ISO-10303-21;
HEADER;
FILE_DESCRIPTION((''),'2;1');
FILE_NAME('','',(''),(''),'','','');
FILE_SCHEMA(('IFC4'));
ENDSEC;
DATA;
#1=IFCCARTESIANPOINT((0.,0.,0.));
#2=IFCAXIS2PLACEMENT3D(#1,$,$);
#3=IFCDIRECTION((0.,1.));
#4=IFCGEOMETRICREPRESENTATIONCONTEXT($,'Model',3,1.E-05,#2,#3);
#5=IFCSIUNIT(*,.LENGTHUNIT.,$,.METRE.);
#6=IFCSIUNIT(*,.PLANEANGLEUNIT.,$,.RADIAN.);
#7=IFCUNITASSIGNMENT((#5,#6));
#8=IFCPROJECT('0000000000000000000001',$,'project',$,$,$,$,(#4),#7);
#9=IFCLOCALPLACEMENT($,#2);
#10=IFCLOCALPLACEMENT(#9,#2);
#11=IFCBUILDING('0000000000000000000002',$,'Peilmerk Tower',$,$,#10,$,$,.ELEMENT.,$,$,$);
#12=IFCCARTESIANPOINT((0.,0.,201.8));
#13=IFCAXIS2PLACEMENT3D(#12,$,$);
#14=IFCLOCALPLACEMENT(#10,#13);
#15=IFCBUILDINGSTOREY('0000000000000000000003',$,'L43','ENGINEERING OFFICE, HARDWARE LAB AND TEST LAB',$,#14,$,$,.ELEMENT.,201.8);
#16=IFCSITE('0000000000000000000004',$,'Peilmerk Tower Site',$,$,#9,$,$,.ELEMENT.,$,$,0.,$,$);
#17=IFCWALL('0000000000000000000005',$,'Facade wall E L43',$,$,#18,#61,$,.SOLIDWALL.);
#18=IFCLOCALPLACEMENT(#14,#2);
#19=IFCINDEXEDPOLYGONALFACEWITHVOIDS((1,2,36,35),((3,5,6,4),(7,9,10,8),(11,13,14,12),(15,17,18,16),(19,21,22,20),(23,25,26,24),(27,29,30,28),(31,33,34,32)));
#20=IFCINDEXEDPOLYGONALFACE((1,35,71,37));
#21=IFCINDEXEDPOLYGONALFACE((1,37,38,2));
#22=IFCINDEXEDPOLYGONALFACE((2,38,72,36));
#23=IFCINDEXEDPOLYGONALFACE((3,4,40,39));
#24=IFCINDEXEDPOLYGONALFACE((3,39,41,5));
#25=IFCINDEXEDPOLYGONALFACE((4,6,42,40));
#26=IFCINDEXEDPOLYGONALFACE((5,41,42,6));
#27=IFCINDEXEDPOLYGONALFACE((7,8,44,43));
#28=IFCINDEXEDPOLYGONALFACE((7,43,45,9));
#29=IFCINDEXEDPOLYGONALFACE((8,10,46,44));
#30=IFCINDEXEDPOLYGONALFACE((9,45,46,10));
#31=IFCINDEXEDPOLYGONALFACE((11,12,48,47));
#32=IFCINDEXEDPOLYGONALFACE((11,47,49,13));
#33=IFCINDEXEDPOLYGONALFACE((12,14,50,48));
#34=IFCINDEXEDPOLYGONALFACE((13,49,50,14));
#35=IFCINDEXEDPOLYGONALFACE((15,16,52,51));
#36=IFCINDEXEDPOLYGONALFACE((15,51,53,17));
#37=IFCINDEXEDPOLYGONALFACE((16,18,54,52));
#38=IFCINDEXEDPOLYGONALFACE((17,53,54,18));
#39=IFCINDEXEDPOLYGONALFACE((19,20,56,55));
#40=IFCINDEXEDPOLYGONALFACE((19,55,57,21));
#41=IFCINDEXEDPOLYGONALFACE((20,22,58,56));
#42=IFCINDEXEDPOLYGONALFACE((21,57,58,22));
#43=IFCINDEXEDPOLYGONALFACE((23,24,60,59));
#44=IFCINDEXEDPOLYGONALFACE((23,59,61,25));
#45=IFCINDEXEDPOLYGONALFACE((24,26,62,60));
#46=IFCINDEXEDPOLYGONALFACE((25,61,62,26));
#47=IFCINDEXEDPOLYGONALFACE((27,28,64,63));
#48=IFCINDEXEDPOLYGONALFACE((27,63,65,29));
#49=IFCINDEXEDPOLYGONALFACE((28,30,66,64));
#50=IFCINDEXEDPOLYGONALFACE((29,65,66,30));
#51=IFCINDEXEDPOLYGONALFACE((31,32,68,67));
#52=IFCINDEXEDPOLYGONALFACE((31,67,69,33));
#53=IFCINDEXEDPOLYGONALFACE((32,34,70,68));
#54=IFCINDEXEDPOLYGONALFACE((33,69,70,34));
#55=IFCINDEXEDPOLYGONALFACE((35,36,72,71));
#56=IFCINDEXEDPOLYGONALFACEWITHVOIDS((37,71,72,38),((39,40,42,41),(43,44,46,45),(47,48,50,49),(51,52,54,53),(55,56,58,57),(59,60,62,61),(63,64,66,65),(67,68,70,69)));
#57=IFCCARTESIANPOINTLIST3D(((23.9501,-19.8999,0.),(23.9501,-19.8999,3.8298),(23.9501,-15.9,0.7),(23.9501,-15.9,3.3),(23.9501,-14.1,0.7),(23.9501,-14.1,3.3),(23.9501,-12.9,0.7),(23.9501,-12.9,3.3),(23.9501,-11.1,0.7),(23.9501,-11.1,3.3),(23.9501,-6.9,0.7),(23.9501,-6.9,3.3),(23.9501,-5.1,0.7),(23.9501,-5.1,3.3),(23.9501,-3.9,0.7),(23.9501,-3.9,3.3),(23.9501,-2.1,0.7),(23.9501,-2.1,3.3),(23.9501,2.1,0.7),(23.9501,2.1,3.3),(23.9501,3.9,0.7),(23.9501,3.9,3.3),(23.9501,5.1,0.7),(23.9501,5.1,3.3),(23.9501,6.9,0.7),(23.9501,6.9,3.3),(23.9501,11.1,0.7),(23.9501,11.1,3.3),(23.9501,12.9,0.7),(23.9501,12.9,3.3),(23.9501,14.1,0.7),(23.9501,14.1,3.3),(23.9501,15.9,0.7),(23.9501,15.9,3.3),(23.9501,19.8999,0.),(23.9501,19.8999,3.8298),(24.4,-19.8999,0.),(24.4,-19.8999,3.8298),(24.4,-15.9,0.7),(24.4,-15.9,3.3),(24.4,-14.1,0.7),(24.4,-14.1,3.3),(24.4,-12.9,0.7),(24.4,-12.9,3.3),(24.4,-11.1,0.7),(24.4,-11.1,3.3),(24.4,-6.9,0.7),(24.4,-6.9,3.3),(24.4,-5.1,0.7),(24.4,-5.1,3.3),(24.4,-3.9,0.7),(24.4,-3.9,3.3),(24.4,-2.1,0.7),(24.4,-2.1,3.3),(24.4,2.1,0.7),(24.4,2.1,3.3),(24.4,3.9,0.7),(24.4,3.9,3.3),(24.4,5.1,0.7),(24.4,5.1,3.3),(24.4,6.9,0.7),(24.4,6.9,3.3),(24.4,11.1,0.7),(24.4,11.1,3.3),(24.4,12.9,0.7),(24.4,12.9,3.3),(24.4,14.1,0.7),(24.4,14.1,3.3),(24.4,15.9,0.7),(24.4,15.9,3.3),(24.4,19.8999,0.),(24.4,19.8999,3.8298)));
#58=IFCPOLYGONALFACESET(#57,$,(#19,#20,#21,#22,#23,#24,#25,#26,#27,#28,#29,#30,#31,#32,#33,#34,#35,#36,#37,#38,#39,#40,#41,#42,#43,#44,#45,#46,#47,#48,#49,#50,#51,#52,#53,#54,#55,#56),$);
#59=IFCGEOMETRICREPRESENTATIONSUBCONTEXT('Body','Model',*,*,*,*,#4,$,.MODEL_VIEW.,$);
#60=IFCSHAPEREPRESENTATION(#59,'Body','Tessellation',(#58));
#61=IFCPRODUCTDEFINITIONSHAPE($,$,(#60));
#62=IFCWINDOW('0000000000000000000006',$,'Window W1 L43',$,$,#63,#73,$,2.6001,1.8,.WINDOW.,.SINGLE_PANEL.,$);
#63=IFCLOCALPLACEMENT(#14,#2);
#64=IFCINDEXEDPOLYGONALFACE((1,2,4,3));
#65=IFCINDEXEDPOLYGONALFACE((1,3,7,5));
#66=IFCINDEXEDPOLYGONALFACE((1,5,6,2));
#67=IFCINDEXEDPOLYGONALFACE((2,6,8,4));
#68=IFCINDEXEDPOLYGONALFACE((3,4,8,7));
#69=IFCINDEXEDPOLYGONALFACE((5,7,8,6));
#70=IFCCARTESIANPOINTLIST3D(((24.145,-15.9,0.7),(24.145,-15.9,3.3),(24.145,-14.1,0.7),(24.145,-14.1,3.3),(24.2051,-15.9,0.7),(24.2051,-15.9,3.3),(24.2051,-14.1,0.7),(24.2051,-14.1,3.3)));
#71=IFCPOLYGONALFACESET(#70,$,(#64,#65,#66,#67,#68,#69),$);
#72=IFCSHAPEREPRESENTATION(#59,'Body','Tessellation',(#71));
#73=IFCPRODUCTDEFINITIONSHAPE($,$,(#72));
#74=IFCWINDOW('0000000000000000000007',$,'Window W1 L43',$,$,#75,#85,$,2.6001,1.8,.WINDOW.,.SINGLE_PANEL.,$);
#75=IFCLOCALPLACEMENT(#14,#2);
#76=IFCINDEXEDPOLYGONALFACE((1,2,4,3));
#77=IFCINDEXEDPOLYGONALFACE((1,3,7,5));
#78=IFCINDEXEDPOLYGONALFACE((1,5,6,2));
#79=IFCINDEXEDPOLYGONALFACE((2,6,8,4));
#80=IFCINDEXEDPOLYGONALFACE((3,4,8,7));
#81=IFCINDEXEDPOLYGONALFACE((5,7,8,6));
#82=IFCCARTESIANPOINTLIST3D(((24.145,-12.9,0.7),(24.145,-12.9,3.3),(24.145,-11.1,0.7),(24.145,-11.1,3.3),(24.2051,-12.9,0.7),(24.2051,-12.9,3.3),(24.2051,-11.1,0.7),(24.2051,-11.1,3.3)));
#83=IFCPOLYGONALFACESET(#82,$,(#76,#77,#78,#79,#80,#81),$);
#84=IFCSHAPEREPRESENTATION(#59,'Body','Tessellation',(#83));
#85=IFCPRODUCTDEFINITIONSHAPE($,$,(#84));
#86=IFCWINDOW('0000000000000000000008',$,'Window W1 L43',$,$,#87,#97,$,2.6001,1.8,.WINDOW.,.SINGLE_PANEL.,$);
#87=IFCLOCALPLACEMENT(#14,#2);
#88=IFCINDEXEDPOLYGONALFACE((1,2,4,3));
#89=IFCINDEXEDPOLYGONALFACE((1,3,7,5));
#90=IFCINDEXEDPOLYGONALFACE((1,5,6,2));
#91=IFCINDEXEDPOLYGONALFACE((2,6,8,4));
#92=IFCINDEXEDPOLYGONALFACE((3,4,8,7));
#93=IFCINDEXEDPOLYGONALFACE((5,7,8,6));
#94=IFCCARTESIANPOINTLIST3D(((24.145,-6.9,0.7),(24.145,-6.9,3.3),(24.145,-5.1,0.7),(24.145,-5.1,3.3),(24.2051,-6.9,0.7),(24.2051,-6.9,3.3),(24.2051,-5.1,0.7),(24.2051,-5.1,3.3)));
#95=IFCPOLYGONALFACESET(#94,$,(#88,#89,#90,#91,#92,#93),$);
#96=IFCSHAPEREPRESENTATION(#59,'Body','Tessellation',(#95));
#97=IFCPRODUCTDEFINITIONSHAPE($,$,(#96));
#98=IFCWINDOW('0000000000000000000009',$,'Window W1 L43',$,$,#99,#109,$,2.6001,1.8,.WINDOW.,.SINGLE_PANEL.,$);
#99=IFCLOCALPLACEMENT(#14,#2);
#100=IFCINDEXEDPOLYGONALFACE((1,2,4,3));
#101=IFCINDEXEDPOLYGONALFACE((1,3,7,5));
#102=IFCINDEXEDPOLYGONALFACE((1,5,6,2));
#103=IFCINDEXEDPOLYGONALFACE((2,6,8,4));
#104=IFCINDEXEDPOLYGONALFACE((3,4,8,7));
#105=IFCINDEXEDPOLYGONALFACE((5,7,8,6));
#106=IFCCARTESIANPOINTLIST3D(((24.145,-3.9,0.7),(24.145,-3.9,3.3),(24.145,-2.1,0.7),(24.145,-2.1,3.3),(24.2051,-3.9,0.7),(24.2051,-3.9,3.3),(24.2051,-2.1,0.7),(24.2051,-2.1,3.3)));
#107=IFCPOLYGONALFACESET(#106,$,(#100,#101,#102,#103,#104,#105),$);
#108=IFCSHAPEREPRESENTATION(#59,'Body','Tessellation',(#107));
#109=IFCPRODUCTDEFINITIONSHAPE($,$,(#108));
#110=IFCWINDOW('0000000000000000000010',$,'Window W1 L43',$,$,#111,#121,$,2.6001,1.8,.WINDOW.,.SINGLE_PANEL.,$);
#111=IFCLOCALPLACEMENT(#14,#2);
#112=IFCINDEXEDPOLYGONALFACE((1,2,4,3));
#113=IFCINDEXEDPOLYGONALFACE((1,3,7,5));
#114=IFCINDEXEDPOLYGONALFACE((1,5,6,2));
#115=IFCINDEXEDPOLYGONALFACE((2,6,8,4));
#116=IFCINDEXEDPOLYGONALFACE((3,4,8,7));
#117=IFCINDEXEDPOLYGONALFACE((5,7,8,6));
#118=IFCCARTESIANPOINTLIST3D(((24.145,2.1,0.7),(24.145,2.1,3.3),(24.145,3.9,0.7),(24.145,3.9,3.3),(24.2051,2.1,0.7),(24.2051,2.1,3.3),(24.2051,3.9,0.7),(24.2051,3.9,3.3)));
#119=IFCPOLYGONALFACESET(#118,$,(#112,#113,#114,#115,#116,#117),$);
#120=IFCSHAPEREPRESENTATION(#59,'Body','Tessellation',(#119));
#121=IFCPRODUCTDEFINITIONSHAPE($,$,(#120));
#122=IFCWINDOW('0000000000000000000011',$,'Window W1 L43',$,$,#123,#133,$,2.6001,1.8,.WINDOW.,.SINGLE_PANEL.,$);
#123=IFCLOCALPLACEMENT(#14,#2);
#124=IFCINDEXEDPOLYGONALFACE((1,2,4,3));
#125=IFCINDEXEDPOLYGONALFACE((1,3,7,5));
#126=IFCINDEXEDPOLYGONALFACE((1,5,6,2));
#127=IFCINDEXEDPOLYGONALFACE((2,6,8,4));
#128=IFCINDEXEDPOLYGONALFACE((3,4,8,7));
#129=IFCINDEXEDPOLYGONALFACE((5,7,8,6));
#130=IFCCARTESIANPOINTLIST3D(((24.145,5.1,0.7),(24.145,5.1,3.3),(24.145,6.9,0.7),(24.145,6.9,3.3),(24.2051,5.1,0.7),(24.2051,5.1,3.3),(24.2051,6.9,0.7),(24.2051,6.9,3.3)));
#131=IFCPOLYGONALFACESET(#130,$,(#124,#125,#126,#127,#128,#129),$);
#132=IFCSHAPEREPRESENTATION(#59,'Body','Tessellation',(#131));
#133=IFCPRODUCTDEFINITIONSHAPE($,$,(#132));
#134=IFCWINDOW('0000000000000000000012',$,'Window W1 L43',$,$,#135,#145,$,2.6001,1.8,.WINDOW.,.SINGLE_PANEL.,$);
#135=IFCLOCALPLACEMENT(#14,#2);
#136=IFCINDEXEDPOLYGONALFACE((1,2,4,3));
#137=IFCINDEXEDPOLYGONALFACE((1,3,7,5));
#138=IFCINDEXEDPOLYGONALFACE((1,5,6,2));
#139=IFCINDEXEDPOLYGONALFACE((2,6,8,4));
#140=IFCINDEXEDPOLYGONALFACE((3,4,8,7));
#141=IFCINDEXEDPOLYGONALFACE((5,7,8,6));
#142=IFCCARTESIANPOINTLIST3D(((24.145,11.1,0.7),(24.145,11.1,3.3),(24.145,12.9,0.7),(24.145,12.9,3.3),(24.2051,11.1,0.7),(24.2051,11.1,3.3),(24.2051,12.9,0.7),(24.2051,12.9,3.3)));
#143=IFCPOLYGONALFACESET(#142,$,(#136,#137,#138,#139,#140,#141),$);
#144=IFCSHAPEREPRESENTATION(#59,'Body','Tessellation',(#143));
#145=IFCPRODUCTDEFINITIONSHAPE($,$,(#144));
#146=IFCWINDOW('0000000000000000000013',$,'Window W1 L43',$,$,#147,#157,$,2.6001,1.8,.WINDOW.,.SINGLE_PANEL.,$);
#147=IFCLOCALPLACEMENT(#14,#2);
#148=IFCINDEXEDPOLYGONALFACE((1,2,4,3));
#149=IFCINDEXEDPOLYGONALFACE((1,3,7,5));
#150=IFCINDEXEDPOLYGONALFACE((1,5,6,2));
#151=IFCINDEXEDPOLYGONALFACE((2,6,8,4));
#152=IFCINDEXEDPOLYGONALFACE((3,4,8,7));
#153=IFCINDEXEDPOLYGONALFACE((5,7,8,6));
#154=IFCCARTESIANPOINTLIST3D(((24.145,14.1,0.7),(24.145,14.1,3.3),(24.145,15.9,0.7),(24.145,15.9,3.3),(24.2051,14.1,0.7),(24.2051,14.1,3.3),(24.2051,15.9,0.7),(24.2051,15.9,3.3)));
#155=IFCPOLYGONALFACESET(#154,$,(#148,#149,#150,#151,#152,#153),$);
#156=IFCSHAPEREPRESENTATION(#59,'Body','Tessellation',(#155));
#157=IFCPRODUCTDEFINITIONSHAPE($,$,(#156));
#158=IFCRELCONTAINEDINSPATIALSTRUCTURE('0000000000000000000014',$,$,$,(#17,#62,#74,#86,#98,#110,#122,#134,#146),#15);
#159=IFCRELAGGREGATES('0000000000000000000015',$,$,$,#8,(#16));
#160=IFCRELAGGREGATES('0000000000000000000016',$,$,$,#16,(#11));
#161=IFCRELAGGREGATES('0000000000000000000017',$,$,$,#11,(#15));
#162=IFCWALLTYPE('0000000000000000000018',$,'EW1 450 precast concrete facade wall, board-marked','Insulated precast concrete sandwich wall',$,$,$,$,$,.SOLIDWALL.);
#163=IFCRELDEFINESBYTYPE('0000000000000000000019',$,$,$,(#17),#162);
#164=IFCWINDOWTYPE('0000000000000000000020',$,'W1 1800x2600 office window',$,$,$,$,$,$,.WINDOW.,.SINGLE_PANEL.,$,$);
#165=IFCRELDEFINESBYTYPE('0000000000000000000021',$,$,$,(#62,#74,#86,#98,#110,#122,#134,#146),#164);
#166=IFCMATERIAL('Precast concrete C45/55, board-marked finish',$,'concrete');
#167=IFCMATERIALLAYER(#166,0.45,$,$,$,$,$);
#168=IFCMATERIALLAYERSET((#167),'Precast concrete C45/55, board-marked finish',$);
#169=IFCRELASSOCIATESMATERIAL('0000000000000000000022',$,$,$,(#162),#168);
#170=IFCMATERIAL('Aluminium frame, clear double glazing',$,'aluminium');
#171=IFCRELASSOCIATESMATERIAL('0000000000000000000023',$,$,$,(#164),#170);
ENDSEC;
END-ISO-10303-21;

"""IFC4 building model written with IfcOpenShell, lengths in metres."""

from ifc_helpers import new_model, si_unit, direction, frame, frame_2d, origin, place, context, subcontext, project, spatial, rectangle, extrude, material, layer, layer_set, type_object, element, fill, save


model = new_model("IFC4")

# Units and contexts
model_context = context("Model", 3, precision=1e-05, world=origin(), true_north=direction((0.0, 1.0)))
body_context = subcontext(model_context, "Body", "Model", "MODEL_VIEW")
ifc_project = project(units=[si_unit("LENGTHUNIT", "METRE"), si_unit("PLANEANGLEUNIT", "RADIAN")], contexts=[model_context])

# Site, building, storey
site_placement = place(None, origin())
site = spatial("IfcSite", under=ifc_project, at=site_placement, Name="Peilmerk Tower Site", CompositionType="ELEMENT", RefElevation=0.0)
building_placement = place(site_placement, origin())
building = spatial("IfcBuilding", under=site, at=building_placement, Name="Peilmerk Tower", CompositionType="ELEMENT")
storey_placement = place(building_placement, frame((0.0, 0.0, 201.8)))
storey = spatial("IfcBuildingStorey", under=building, at=storey_placement, Name="L43", Description="ENGINEERING OFFICE, HARDWARE LAB AND TEST LAB", CompositionType="ELEMENT", Elevation=201.8)

# Wall, openings, windows
ifc_material_1 = material(Name="Precast concrete C45/55, board-marked finish", Category="concrete")
ifc_layer_1 = layer(ifc_material_1, 0.45)
ifc_layer_set_1 = layer_set([ifc_layer_1], Name="Precast concrete C45/55, board-marked finish")
wall_type = type_object("IfcWallType", Name="EW1 450 precast concrete facade wall, board-marked", Description="Insulated precast concrete sandwich wall", PredefinedType="SOLIDWALL", material=ifc_layer_set_1)
wall_1_placement = place(storey_placement, frame((24.175, -19.8999, 0.0), z_axis=(0.0, 0.0, 1.0), x_axis=(0.0, 1.0, 0.0)))
wall_1 = element("IfcWall", 1, at=wall_1_placement, inside=storey, type_object=wall_type, Name="Facade wall E L43", PredefinedType="SOLIDWALL", context=body_context, shape_type="SweptSolid", body=[
    extrude(rectangle(XDim=39.7998, YDim=0.45, at=frame_2d((19.8999, 0.0))), origin(), (0.0, 0.0, 1.0), 3.8298),
])
opening_1_placement = place(wall_1_placement, frame((4.0, 0.0, 0.7)))
opening_1 = element("IfcOpeningElement", 2, at=opening_1_placement, cuts=wall_1, PredefinedType="OPENING", context=body_context, shape_type="SweptSolid", body=[
    extrude(rectangle(XDim=1.8, YDim=2.6001, at=frame_2d((0.8999, 1.3))), frame((0.0, 0.2349, 0.0), z_axis=(0.0, -1.0, 0.0), x_axis=(1.0, 0.0, 0.0)), (0.0, 0.0, 1.0), 0.47),
])
opening_2_placement = place(wall_1_placement, frame((7.0, 0.0, 0.7)))
opening_2 = element("IfcOpeningElement", 3, at=opening_2_placement, cuts=wall_1, PredefinedType="OPENING", context=body_context, shape_type="SweptSolid", body=[
    extrude(rectangle(XDim=1.8, YDim=2.6001, at=frame_2d((0.8999, 1.3))), frame((0.0, 0.2349, 0.0), z_axis=(0.0, -1.0, 0.0), x_axis=(1.0, 0.0, 0.0)), (0.0, 0.0, 1.0), 0.47),
])
opening_3_placement = place(wall_1_placement, frame((13.0, 0.0, 0.7)))
opening_3 = element("IfcOpeningElement", 4, at=opening_3_placement, cuts=wall_1, PredefinedType="OPENING", context=body_context, shape_type="SweptSolid", body=[
    extrude(rectangle(XDim=1.8, YDim=2.6001, at=frame_2d((0.8999, 1.3))), frame((0.0, 0.2349, 0.0), z_axis=(0.0, -1.0, 0.0), x_axis=(1.0, 0.0, 0.0)), (0.0, 0.0, 1.0), 0.47),
])
opening_4_placement = place(wall_1_placement, frame((16.0, 0.0, 0.7)))
opening_4 = element("IfcOpeningElement", 5, at=opening_4_placement, cuts=wall_1, PredefinedType="OPENING", context=body_context, shape_type="SweptSolid", body=[
    extrude(rectangle(XDim=1.8, YDim=2.6001, at=frame_2d((0.8999, 1.3))), frame((0.0, 0.2349, 0.0), z_axis=(0.0, -1.0, 0.0), x_axis=(1.0, 0.0, 0.0)), (0.0, 0.0, 1.0), 0.47),
])
opening_5_placement = place(wall_1_placement, frame((22.0, 0.0, 0.7)))
opening_5 = element("IfcOpeningElement", 6, at=opening_5_placement, cuts=wall_1, PredefinedType="OPENING", context=body_context, shape_type="SweptSolid", body=[
    extrude(rectangle(XDim=1.8, YDim=2.6001, at=frame_2d((0.8999, 1.3))), frame((0.0, 0.2349, 0.0), z_axis=(0.0, -1.0, 0.0), x_axis=(1.0, 0.0, 0.0)), (0.0, 0.0, 1.0), 0.47),
])
opening_6_placement = place(wall_1_placement, frame((25.0, 0.0, 0.7)))
opening_6 = element("IfcOpeningElement", 7, at=opening_6_placement, cuts=wall_1, PredefinedType="OPENING", context=body_context, shape_type="SweptSolid", body=[
    extrude(rectangle(XDim=1.8, YDim=2.6001, at=frame_2d((0.8999, 1.3))), frame((0.0, 0.2349, 0.0), z_axis=(0.0, -1.0, 0.0), x_axis=(1.0, 0.0, 0.0)), (0.0, 0.0, 1.0), 0.47),
])
opening_7_placement = place(wall_1_placement, frame((31.0, 0.0, 0.7)))
opening_7 = element("IfcOpeningElement", 8, at=opening_7_placement, cuts=wall_1, PredefinedType="OPENING", context=body_context, shape_type="SweptSolid", body=[
    extrude(rectangle(XDim=1.8, YDim=2.6001, at=frame_2d((0.8999, 1.3))), frame((0.0, 0.2349, 0.0), z_axis=(0.0, -1.0, 0.0), x_axis=(1.0, 0.0, 0.0)), (0.0, 0.0, 1.0), 0.47),
])
opening_8_placement = place(wall_1_placement, frame((34.0, 0.0, 0.7)))
opening_8 = element("IfcOpeningElement", 9, at=opening_8_placement, cuts=wall_1, PredefinedType="OPENING", context=body_context, shape_type="SweptSolid", body=[
    extrude(rectangle(XDim=1.8, YDim=2.6001, at=frame_2d((0.8999, 1.3))), frame((0.0, 0.2349, 0.0), z_axis=(0.0, -1.0, 0.0), x_axis=(1.0, 0.0, 0.0)), (0.0, 0.0, 1.0), 0.47),
])
ifc_material_2 = material(Name="Aluminium frame, clear double glazing", Category="aluminium")
window_type = type_object("IfcWindowType", Name="W1 1800x2600 office window", PartitioningType="SINGLE_PANEL", PredefinedType="WINDOW", material=ifc_material_2)
window_1_placement = place(opening_1_placement, origin())
window_1 = element("IfcWindow", 10, at=window_1_placement, inside=storey, type_object=window_type, Name="Window W1 L43", OverallHeight=2.6001, OverallWidth=1.8, PartitioningType="SINGLE_PANEL", PredefinedType="WINDOW", context=body_context, shape_type="SweptSolid", body=[
    extrude(rectangle(XDim=1.8, YDim=2.6001, at=frame_2d((0.8999, 1.3))), frame((0.0, 0.03, 0.0), z_axis=(0.0, -1.0, 0.0), x_axis=(1.0, 0.0, 0.0)), (0.0, 0.0, 1.0), 0.0601),
])
fill(opening_1, window_1)
window_2_placement = place(opening_2_placement, origin())
window_2 = element("IfcWindow", 11, at=window_2_placement, inside=storey, type_object=window_type, Name="Window W1 L43", OverallHeight=2.6001, OverallWidth=1.8, PartitioningType="SINGLE_PANEL", PredefinedType="WINDOW", context=body_context, shape_type="SweptSolid", body=[
    extrude(rectangle(XDim=1.8, YDim=2.6001, at=frame_2d((0.8999, 1.3))), frame((0.0, 0.03, 0.0), z_axis=(0.0, -1.0, 0.0), x_axis=(1.0, 0.0, 0.0)), (0.0, 0.0, 1.0), 0.0601),
])
fill(opening_2, window_2)
window_3_placement = place(opening_3_placement, origin())
window_3 = element("IfcWindow", 12, at=window_3_placement, inside=storey, type_object=window_type, Name="Window W1 L43", OverallHeight=2.6001, OverallWidth=1.8, PartitioningType="SINGLE_PANEL", PredefinedType="WINDOW", context=body_context, shape_type="SweptSolid", body=[
    extrude(rectangle(XDim=1.8, YDim=2.6001, at=frame_2d((0.8999, 1.3))), frame((0.0, 0.03, 0.0), z_axis=(0.0, -1.0, 0.0), x_axis=(1.0, 0.0, 0.0)), (0.0, 0.0, 1.0), 0.0601),
])
fill(opening_3, window_3)
window_4_placement = place(opening_4_placement, origin())
window_4 = element("IfcWindow", 13, at=window_4_placement, inside=storey, type_object=window_type, Name="Window W1 L43", OverallHeight=2.6001, OverallWidth=1.8, PartitioningType="SINGLE_PANEL", PredefinedType="WINDOW", context=body_context, shape_type="SweptSolid", body=[
    extrude(rectangle(XDim=1.8, YDim=2.6001, at=frame_2d((0.8999, 1.3))), frame((0.0, 0.03, 0.0), z_axis=(0.0, -1.0, 0.0), x_axis=(1.0, 0.0, 0.0)), (0.0, 0.0, 1.0), 0.0601),
])
fill(opening_4, window_4)
window_5_placement = place(opening_5_placement, origin())
window_5 = element("IfcWindow", 14, at=window_5_placement, inside=storey, type_object=window_type, Name="Window W1 L43", OverallHeight=2.6001, OverallWidth=1.8, PartitioningType="SINGLE_PANEL", PredefinedType="WINDOW", context=body_context, shape_type="SweptSolid", body=[
    extrude(rectangle(XDim=1.8, YDim=2.6001, at=frame_2d((0.8999, 1.3))), frame((0.0, 0.03, 0.0), z_axis=(0.0, -1.0, 0.0), x_axis=(1.0, 0.0, 0.0)), (0.0, 0.0, 1.0), 0.0601),
])
fill(opening_5, window_5)
window_6_placement = place(opening_6_placement, origin())
window_6 = element("IfcWindow", 15, at=window_6_placement, inside=storey, type_object=window_type, Name="Window W1 L43", OverallHeight=2.6001, OverallWidth=1.8, PartitioningType="SINGLE_PANEL", PredefinedType="WINDOW", context=body_context, shape_type="SweptSolid", body=[
    extrude(rectangle(XDim=1.8, YDim=2.6001, at=frame_2d((0.8999, 1.3))), frame((0.0, 0.03, 0.0), z_axis=(0.0, -1.0, 0.0), x_axis=(1.0, 0.0, 0.0)), (0.0, 0.0, 1.0), 0.0601),
])
fill(opening_6, window_6)
window_7_placement = place(opening_7_placement, origin())
window_7 = element("IfcWindow", 16, at=window_7_placement, inside=storey, type_object=window_type, Name="Window W1 L43", OverallHeight=2.6001, OverallWidth=1.8, PartitioningType="SINGLE_PANEL", PredefinedType="WINDOW", context=body_context, shape_type="SweptSolid", body=[
    extrude(rectangle(XDim=1.8, YDim=2.6001, at=frame_2d((0.8999, 1.3))), frame((0.0, 0.03, 0.0), z_axis=(0.0, -1.0, 0.0), x_axis=(1.0, 0.0, 0.0)), (0.0, 0.0, 1.0), 0.0601),
])
fill(opening_7, window_7)
window_8_placement = place(opening_8_placement, origin())
window_8 = element("IfcWindow", 17, at=window_8_placement, inside=storey, type_object=window_type, Name="Window W1 L43", OverallHeight=2.6001, OverallWidth=1.8, PartitioningType="SINGLE_PANEL", PredefinedType="WINDOW", context=body_context, shape_type="SweptSolid", body=[
    extrude(rectangle(XDim=1.8, YDim=2.6001, at=frame_2d((0.8999, 1.3))), frame((0.0, 0.03, 0.0), z_axis=(0.0, -1.0, 0.0), x_axis=(1.0, 0.0, 0.0)), (0.0, 0.0, 1.0), 0.0601),
])
fill(opening_8, window_8)

save(model, "model.ifc")
